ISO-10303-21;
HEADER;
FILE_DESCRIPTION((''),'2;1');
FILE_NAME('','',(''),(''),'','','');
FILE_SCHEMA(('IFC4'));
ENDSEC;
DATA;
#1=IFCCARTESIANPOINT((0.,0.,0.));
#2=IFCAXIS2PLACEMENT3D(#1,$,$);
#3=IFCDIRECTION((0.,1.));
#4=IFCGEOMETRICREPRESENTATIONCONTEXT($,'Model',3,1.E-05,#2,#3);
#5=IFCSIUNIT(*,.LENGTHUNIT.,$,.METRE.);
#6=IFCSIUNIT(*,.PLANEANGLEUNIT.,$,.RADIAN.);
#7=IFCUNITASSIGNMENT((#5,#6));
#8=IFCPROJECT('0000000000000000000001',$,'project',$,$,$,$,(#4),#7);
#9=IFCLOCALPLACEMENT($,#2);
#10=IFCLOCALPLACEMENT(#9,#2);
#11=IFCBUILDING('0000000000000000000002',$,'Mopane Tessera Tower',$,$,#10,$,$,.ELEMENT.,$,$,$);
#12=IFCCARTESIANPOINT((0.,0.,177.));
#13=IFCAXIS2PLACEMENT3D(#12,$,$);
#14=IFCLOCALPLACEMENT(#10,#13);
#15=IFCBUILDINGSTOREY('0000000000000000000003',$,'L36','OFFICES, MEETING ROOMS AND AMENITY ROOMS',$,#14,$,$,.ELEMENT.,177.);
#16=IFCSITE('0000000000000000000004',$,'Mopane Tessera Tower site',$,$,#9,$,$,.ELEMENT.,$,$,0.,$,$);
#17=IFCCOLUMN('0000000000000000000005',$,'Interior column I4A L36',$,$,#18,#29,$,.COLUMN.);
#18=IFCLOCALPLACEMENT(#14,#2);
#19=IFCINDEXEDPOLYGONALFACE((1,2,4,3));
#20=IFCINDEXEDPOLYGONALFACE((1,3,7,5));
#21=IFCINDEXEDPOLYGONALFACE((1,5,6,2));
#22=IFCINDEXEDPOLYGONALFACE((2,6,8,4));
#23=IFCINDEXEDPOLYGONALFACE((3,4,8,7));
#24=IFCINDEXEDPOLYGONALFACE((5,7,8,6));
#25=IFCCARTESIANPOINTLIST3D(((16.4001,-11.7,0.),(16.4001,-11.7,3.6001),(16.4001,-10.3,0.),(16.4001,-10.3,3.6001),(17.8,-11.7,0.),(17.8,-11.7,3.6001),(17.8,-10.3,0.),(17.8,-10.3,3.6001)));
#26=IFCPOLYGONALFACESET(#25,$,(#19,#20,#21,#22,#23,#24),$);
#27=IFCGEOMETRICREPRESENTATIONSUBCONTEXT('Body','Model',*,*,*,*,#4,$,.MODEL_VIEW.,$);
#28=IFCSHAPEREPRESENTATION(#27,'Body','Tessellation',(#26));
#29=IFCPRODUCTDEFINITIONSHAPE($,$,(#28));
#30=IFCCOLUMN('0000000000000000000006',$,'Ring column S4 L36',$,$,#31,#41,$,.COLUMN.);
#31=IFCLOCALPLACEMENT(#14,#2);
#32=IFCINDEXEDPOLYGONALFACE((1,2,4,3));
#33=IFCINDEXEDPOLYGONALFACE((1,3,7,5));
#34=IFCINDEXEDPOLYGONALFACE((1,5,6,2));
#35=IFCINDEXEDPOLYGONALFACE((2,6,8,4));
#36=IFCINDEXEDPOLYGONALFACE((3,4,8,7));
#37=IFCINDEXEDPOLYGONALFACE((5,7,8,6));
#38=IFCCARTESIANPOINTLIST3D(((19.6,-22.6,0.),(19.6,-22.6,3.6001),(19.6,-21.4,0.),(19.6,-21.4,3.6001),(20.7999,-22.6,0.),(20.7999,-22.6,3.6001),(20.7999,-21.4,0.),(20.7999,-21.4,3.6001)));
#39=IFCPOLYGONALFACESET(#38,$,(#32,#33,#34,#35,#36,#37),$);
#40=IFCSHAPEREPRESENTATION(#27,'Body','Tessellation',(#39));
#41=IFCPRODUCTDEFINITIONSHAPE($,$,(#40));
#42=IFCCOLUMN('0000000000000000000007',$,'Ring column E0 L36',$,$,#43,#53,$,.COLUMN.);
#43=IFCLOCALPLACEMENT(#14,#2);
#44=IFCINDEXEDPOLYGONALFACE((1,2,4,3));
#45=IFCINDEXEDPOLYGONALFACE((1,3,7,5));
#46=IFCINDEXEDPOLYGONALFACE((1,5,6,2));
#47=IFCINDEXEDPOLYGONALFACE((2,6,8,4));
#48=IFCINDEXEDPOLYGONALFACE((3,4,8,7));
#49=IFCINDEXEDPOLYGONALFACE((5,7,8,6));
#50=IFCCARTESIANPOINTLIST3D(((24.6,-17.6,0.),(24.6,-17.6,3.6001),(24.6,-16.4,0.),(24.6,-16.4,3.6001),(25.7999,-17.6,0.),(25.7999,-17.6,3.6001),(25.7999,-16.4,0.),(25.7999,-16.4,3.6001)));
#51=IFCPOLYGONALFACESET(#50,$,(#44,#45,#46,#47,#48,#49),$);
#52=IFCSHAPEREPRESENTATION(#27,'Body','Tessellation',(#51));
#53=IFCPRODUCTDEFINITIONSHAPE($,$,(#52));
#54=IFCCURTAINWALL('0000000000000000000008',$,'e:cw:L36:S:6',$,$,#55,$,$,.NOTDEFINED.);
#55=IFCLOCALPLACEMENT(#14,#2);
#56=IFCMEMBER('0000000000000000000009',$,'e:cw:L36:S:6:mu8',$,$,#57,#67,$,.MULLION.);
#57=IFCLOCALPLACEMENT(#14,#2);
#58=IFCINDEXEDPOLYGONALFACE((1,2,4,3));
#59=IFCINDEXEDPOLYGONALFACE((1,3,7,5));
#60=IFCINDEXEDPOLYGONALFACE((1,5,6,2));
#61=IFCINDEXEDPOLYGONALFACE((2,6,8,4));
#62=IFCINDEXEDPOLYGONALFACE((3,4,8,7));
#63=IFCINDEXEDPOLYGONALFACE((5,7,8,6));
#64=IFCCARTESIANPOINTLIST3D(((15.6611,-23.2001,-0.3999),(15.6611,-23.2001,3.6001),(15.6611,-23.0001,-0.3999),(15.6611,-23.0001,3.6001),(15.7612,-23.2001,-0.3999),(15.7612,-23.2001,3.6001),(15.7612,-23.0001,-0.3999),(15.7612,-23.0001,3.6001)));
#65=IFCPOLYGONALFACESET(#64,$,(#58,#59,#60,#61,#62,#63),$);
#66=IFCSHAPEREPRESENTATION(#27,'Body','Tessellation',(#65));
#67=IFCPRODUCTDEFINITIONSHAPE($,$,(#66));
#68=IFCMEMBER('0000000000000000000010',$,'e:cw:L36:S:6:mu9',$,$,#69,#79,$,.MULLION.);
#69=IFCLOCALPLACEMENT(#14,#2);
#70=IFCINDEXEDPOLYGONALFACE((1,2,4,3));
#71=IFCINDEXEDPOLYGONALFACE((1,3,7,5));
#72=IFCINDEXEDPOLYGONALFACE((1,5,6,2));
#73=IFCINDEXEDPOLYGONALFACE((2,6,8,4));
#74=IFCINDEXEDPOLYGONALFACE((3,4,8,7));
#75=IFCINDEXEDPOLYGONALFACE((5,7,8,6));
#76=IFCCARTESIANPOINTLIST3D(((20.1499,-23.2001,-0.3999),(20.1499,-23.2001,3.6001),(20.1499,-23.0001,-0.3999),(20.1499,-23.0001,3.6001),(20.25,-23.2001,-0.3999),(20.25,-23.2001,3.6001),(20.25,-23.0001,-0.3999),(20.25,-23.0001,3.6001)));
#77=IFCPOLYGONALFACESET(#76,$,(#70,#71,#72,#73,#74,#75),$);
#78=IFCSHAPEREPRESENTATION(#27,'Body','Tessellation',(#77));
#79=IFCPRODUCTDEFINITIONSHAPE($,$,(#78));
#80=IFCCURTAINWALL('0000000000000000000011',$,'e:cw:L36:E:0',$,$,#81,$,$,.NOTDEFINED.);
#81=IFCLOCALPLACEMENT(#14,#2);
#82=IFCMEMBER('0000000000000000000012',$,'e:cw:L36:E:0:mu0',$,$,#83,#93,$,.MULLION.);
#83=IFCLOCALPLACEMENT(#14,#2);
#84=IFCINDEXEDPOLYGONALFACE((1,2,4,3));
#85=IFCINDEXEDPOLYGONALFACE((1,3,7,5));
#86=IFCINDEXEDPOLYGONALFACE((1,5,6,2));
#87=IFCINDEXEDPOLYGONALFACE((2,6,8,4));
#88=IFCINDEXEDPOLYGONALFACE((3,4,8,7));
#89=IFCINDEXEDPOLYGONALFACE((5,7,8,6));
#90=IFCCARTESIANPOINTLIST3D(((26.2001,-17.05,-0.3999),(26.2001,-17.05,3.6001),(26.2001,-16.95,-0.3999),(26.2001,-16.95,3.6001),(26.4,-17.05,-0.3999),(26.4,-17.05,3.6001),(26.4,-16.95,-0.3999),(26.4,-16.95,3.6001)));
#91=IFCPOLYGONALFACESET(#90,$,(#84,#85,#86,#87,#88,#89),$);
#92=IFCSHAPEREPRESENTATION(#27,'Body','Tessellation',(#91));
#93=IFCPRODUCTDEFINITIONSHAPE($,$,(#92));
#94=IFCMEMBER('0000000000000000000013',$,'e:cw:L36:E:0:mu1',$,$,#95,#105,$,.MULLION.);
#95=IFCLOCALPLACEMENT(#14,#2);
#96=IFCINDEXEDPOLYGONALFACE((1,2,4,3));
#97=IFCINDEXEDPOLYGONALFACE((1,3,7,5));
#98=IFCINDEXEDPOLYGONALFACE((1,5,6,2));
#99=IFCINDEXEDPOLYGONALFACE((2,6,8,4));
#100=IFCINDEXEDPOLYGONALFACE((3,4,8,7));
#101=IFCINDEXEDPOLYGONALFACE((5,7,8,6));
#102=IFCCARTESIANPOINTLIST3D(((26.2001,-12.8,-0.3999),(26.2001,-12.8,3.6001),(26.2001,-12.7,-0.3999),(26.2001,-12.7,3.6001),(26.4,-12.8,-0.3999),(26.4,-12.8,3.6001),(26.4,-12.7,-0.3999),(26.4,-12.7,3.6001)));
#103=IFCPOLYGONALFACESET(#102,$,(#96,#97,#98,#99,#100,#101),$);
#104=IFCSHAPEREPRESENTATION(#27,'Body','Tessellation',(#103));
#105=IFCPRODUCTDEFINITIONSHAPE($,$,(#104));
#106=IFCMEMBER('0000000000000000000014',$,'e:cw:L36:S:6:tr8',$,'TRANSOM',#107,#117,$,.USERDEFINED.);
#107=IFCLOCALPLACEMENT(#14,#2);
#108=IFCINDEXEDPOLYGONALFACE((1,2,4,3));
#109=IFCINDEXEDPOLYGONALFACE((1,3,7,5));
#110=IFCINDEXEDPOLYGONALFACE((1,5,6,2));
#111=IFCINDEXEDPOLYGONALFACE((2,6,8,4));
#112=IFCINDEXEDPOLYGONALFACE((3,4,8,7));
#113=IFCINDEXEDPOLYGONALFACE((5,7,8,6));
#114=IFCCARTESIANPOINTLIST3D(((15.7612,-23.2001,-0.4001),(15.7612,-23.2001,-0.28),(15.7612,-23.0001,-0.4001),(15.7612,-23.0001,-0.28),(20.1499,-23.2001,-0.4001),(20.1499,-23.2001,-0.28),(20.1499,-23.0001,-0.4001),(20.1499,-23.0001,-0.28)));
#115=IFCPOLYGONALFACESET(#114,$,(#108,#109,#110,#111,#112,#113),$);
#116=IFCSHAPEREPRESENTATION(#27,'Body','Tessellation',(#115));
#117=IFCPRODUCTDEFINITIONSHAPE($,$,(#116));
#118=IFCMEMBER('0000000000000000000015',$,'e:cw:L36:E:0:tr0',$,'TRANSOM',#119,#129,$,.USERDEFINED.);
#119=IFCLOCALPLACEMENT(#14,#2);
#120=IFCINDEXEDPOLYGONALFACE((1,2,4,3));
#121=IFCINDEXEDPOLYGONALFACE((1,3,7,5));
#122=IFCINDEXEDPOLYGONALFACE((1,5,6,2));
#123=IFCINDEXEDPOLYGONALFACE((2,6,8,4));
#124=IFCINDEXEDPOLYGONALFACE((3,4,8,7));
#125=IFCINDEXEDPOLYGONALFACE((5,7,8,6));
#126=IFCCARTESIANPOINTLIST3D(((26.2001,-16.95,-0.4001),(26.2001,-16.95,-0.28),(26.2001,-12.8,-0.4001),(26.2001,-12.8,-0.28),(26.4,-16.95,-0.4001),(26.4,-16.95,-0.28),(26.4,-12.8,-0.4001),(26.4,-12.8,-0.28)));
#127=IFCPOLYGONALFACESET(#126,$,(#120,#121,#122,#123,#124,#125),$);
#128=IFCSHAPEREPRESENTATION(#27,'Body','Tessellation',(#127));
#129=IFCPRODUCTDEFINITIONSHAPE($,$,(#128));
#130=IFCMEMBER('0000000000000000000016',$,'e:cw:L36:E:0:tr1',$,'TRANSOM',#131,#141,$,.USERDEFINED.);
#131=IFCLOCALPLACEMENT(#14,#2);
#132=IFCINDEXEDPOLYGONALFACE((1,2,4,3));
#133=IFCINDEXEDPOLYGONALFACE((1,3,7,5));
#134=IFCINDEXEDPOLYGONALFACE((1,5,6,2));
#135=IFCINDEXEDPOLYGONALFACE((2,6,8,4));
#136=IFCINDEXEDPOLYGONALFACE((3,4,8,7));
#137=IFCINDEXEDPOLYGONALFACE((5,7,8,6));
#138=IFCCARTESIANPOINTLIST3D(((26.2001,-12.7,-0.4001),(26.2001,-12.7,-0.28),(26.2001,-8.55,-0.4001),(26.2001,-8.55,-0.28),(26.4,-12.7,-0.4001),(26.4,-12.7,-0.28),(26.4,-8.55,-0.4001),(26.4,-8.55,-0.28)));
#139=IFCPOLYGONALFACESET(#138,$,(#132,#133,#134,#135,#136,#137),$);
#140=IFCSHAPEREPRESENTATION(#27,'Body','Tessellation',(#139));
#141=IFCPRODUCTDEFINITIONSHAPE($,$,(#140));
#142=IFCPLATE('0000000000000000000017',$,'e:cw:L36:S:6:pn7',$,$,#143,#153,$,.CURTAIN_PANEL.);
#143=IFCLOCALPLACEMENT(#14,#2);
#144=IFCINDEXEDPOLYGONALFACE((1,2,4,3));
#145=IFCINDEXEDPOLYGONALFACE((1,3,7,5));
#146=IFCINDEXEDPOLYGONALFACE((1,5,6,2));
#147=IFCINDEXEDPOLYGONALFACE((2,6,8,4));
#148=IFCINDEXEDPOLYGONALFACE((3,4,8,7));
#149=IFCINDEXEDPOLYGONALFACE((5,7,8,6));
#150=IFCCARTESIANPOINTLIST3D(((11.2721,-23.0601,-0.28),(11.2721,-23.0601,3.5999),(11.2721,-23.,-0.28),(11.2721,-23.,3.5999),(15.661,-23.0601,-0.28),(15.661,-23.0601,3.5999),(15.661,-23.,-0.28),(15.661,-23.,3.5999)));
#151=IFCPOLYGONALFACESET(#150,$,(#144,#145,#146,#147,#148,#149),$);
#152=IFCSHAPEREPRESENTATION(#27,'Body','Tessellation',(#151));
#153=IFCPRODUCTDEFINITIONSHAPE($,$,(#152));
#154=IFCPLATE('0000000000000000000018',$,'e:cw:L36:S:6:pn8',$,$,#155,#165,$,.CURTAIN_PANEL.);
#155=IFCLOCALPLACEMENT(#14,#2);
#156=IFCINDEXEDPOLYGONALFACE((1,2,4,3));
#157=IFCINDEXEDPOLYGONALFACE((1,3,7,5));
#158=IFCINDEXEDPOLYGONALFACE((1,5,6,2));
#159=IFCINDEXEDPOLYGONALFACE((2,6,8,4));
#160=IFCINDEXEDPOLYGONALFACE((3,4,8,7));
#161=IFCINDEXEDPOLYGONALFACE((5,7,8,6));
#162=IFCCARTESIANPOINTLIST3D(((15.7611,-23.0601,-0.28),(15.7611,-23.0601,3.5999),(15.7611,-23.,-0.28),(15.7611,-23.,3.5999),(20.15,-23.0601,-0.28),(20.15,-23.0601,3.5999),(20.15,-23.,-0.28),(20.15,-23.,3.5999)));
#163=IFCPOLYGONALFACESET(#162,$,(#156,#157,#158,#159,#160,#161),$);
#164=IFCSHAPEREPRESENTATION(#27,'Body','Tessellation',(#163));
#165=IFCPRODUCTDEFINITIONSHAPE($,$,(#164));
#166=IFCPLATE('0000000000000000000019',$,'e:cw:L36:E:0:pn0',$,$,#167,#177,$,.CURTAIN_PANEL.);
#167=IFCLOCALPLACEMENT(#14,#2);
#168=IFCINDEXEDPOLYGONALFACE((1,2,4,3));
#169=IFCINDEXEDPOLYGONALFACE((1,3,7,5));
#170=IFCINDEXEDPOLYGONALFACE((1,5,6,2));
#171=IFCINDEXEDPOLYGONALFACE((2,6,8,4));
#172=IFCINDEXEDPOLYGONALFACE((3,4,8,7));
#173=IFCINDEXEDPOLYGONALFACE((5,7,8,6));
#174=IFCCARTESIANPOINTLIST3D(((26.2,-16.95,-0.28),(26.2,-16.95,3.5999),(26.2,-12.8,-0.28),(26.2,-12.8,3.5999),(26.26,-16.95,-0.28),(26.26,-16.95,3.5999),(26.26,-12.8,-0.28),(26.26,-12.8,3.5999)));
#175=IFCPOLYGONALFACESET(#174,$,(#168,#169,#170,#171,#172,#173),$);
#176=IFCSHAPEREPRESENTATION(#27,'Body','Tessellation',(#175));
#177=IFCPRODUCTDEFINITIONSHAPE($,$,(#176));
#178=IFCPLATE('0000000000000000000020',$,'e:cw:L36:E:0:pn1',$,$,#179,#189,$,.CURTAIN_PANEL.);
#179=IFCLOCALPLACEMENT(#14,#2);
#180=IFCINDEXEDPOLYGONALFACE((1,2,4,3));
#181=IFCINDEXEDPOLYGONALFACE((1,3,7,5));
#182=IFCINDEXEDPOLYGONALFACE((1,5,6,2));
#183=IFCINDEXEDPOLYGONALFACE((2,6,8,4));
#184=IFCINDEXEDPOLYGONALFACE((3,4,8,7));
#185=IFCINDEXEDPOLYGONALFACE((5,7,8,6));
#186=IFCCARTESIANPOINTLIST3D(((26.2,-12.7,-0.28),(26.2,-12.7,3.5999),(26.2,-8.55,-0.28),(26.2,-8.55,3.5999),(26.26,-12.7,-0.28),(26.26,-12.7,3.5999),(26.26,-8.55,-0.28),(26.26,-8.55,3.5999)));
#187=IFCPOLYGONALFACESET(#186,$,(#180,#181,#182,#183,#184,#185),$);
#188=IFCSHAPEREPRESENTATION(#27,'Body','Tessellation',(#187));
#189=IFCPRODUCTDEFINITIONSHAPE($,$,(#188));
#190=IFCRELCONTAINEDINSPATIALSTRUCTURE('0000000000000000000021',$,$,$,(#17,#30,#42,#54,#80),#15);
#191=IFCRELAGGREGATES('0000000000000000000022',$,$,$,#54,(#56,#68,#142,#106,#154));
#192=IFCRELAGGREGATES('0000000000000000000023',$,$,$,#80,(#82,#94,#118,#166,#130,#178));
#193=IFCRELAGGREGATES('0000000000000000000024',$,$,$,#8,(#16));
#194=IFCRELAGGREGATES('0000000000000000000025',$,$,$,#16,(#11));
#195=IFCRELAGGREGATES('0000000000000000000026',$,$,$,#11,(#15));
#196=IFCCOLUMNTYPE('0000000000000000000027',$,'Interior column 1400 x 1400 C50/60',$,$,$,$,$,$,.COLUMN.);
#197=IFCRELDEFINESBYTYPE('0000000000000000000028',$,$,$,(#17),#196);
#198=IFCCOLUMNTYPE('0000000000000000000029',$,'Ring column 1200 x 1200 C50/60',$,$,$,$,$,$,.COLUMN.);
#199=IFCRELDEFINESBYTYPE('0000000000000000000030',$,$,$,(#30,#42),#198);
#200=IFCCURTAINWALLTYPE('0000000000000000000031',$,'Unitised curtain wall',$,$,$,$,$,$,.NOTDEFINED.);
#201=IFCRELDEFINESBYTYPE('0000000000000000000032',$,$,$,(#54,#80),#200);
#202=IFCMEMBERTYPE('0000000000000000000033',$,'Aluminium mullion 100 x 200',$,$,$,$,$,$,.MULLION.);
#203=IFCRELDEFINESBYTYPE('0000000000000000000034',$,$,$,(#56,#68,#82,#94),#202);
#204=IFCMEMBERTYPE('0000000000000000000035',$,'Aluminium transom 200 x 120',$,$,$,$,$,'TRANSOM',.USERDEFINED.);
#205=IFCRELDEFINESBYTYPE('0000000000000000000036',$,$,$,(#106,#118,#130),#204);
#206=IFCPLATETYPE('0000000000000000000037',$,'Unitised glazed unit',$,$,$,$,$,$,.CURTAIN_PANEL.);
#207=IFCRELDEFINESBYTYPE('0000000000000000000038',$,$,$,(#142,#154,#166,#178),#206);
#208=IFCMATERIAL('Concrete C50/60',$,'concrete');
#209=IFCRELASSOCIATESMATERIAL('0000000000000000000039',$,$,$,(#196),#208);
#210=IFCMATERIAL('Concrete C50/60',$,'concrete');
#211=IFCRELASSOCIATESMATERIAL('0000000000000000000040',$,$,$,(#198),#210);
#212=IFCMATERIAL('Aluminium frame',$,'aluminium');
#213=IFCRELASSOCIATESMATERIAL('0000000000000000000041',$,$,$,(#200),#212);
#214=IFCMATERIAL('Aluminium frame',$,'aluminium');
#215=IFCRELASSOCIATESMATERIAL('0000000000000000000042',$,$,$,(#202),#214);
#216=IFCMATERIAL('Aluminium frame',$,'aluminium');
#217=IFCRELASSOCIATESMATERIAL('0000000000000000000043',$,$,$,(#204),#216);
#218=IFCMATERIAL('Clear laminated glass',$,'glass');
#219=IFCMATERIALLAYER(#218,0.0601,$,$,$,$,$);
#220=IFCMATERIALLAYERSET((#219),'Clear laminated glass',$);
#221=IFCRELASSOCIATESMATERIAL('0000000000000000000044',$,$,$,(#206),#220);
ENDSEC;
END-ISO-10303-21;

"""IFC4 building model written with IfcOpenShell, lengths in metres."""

from ifc_helpers import new_model, si_unit, direction, frame, origin, origin_2d, place, context, subcontext, project, spatial, rectangle, extrude, material, layer, layer_set, material_profile, profile_set, type_object, element, aggregate, save


model = new_model("IFC4")

# Units and contexts
model_context = context("Model", 3, precision=1e-05, world=origin(), true_north=direction((0.0, 1.0)))
body_context = subcontext(model_context, "Body", "Model", "MODEL_VIEW")
ifc_project = project(units=[si_unit("LENGTHUNIT", "METRE"), si_unit("PLANEANGLEUNIT", "RADIAN")], contexts=[model_context])

# Site, building, storey
site_placement = place(None, origin())
site = spatial("IfcSite", under=ifc_project, at=site_placement, Name="Mopane Tessera Tower site", CompositionType="ELEMENT", RefElevation=0.0)
building_placement = place(site_placement, origin())
building = spatial("IfcBuilding", under=site, at=building_placement, Name="Mopane Tessera Tower", CompositionType="ELEMENT")
storey_placement = place(building_placement, frame((0.0, 0.0, 177.0)))
storey = spatial("IfcBuildingStorey", under=building, at=storey_placement, Name="L36", Description="OFFICES, MEETING ROOMS AND AMENITY ROOMS", CompositionType="ELEMENT", Elevation=177.0)

# Columns
ifc_material_1 = material(Name="Concrete C50/60", Category="concrete")
ifc_material_profile_1 = material_profile(ifc_material_1, rectangle(XDim=1.3999, YDim=1.3999, at=origin_2d()))
ifc_profile_set_1 = profile_set([ifc_material_profile_1], Name="Concrete C50/60")
column_type_1 = type_object("IfcColumnType", Name="Interior column 1400 x 1400 C50/60", PredefinedType="COLUMN", material=ifc_profile_set_1)
column_placement = place(storey_placement, frame((17.1001, -11.0, 0.0), z_axis=(0.0, 0.0, 1.0), x_axis=(1.0, 0.0, 0.0)))
element("IfcColumn", 1, at=column_placement, inside=storey, type_object=column_type_1, Name="Interior column I4A L36", PredefinedType="COLUMN", context=body_context, shape_type="SweptSolid", body=[
    extrude(rectangle(XDim=1.3999, YDim=1.3999, at=origin_2d()), origin(), (0.0, 0.0, 1.0), 3.6001),
])
ifc_material_2 = material(Name="Concrete C50/60", Category="concrete")
ifc_material_profile_2 = material_profile(ifc_material_2, rectangle(XDim=1.2, YDim=1.2, at=origin_2d()))
ifc_profile_set_2 = profile_set([ifc_material_profile_2], Name="Concrete C50/60")
column_type_2 = type_object("IfcColumnType", Name="Ring column 1200 x 1200 C50/60", PredefinedType="COLUMN", material=ifc_profile_set_2)
for number, where, z_axis, x_axis, name in (
    (2, (20.2, -22.0, 0.0), (0.0, 0.0, 1.0), (1.0, 0.0, 0.0), "Ring column S4 L36"),
    (3, (25.2, -17.0, 0.0), (0.0, 0.0, 1.0), (1.0, 0.0, 0.0), "Ring column E0 L36"),
):
    element("IfcColumn", number, at=place(storey_placement, frame(where, z_axis=z_axis, x_axis=x_axis)), inside=storey, type_object=column_type_2, Name=name, PredefinedType="COLUMN", context=body_context, shape_type="SweptSolid", body=[
        extrude(rectangle(XDim=1.2, YDim=1.2, at=origin_2d()), origin(), (0.0, 0.0, 1.0), 3.6001),
    ])

# Curtain walls, members
ifc_material_3 = material(Name="Aluminium frame", Category="aluminium")
curtain_wall_type = type_object("IfcCurtainWallType", Name="Unitised curtain wall", PredefinedType="NOTDEFINED", material=ifc_material_3)
curtain_wall_1_placement = place(storey_placement, origin())
curtain_wall_1 = element("IfcCurtainWall", 4, at=curtain_wall_1_placement, inside=storey, type_object=curtain_wall_type, Name="e:cw:L36:S:6", PredefinedType="NOTDEFINED")
ifc_material_4 = material(Name="Aluminium frame", Category="aluminium")
ifc_material_profile_3 = material_profile(ifc_material_4, rectangle(XDim=0.1001, YDim=0.2, at=origin_2d()))
ifc_profile_set_3 = profile_set([ifc_material_profile_3], Name="Aluminium frame")
member_type_1 = type_object("IfcMemberType", Name="Aluminium mullion 100 x 200", PredefinedType="MULLION", material=ifc_profile_set_3)
member_1_placement = place(storey_placement, frame((15.7112, -23.1001, -0.3999), z_axis=(0.0, 0.0, 1.0), x_axis=(1.0, 0.0, 0.0)))
member_1 = element("IfcMember", 5, at=member_1_placement, type_object=member_type_1, Name="e:cw:L36:S:6:mu8", PredefinedType="MULLION", context=body_context, shape_type="SweptSolid", body=[
    extrude(rectangle(XDim=0.1001, YDim=0.2, at=origin_2d()), origin(), (0.0, 0.0, 1.0), 4.0),
])
member_2_placement = place(storey_placement, frame((20.2, -23.1001, -0.3999), z_axis=(0.0, 0.0, 1.0), x_axis=(1.0, 0.0, 0.0)))
member_2 = element("IfcMember", 6, at=member_2_placement, type_object=member_type_1, Name="e:cw:L36:S:6:mu9", PredefinedType="MULLION", context=body_context, shape_type="SweptSolid", body=[
    extrude(rectangle(XDim=0.1001, YDim=0.2, at=origin_2d()), origin(), (0.0, 0.0, 1.0), 4.0),
])
curtain_wall_2_placement = place(storey_placement, origin())
curtain_wall_2 = element("IfcCurtainWall", 7, at=curtain_wall_2_placement, inside=storey, type_object=curtain_wall_type, Name="e:cw:L36:E:0", PredefinedType="NOTDEFINED")
member_3_placement = place(storey_placement, frame((26.3, -17.0, -0.3999), z_axis=(0.0, 0.0, 1.0), x_axis=(0.0, 1.0, 0.0)))
member_3 = element("IfcMember", 8, at=member_3_placement, type_object=member_type_1, Name="e:cw:L36:E:0:mu0", PredefinedType="MULLION", context=body_context, shape_type="SweptSolid", body=[
    extrude(rectangle(XDim=0.1001, YDim=0.2, at=origin_2d()), origin(), (0.0, 0.0, 1.0), 4.0),
])
member_4_placement = place(storey_placement, frame((26.3, -12.75, -0.3999), z_axis=(0.0, 0.0, 1.0), x_axis=(0.0, 1.0, 0.0)))
member_4 = element("IfcMember", 9, at=member_4_placement, type_object=member_type_1, Name="e:cw:L36:E:0:mu1", PredefinedType="MULLION", context=body_context, shape_type="SweptSolid", body=[
    extrude(rectangle(XDim=0.1001, YDim=0.2, at=origin_2d()), origin(), (0.0, 0.0, 1.0), 4.0),
])

# Members
ifc_material_5 = material(Name="Aluminium frame", Category="aluminium")
ifc_material_profile_4 = material_profile(ifc_material_5, rectangle(XDim=0.2, YDim=0.1201, at=origin_2d()))
ifc_profile_set_4 = profile_set([ifc_material_profile_4], Name="Aluminium frame")
member_type_2 = type_object("IfcMemberType", Name="Aluminium transom 200 x 120", ElementType="TRANSOM", PredefinedType="USERDEFINED", material=ifc_profile_set_4)
member_5_placement = place(storey_placement, frame((15.7612, -23.1001, -0.3401), z_axis=(1.0, 0.0, 0.0), x_axis=(0.0, 1.0, 0.0)))
member_5 = element("IfcMember", 10, at=member_5_placement, type_object=member_type_2, Name="e:cw:L36:S:6:tr8", ObjectType="TRANSOM", PredefinedType="USERDEFINED", context=body_context, shape_type="SweptSolid", body=[
    extrude(rectangle(XDim=0.2, YDim=0.1201, at=origin_2d()), origin(), (0.0, 0.0, 1.0), 4.3887),
])
member_6_placement = place(storey_placement, frame((26.3, -16.95, -0.3401), z_axis=(0.0, 1.0, 0.0), x_axis=(-1.0, 0.0, 0.0)))
member_6 = element("IfcMember", 11, at=member_6_placement, type_object=member_type_2, Name="e:cw:L36:E:0:tr0", ObjectType="TRANSOM", PredefinedType="USERDEFINED", context=body_context, shape_type="SweptSolid", body=[
    extrude(rectangle(XDim=0.2, YDim=0.1201, at=origin_2d()), origin(), (0.0, 0.0, 1.0), 4.1499),
])
member_7_placement = place(storey_placement, frame((26.3, -12.7, -0.3401), z_axis=(0.0, 1.0, 0.0), x_axis=(-1.0, 0.0, 0.0)))
member_7 = element("IfcMember", 12, at=member_7_placement, type_object=member_type_2, Name="e:cw:L36:E:0:tr1", ObjectType="TRANSOM", PredefinedType="USERDEFINED", context=body_context, shape_type="SweptSolid", body=[
    extrude(rectangle(XDim=0.2, YDim=0.1201, at=origin_2d()), origin(), (0.0, 0.0, 1.0), 4.1499),
])

# Plates
ifc_material_6 = material(Name="Clear laminated glass", Category="glass")
ifc_layer_1 = layer(ifc_material_6, 0.0601)
ifc_layer_set_1 = layer_set([ifc_layer_1], Name="Clear laminated glass")
plate_type = type_object("IfcPlateType", Name="Unitised glazed unit", PredefinedType="CURTAIN_PANEL", material=ifc_layer_set_1)
plate_1_placement = place(storey_placement, frame((13.4666, -23.03, -0.28), z_axis=(0.0, 0.0, 1.0), x_axis=(1.0, 0.0, 0.0)))
plate_1 = element("IfcPlate", 13, at=plate_1_placement, type_object=plate_type, Name="e:cw:L36:S:6:pn7", PredefinedType="CURTAIN_PANEL", context=body_context, shape_type="SweptSolid", body=[
    extrude(rectangle(XDim=4.3889, YDim=0.0601, at=origin_2d()), origin(), (0.0, 0.0, 1.0), 3.8799),
])
plate_2_placement = place(storey_placement, frame((17.9556, -23.03, -0.28), z_axis=(0.0, 0.0, 1.0), x_axis=(1.0, 0.0, 0.0)))
plate_2 = element("IfcPlate", 14, at=plate_2_placement, type_object=plate_type, Name="e:cw:L36:S:6:pn8", PredefinedType="CURTAIN_PANEL", context=body_context, shape_type="SweptSolid", body=[
    extrude(rectangle(XDim=4.3889, YDim=0.0601, at=origin_2d()), origin(), (0.0, 0.0, 1.0), 3.8799),
])
aggregate(curtain_wall_1, [member_1, member_2, plate_1, member_5, plate_2])
plate_3_placement = place(storey_placement, frame((26.23, -14.875, -0.28), z_axis=(0.0, 0.0, 1.0), x_axis=(0.0, 1.0, 0.0)))
plate_3 = element("IfcPlate", 15, at=plate_3_placement, type_object=plate_type, Name="e:cw:L36:E:0:pn0", PredefinedType="CURTAIN_PANEL", context=body_context, shape_type="SweptSolid", body=[
    extrude(rectangle(XDim=4.1499, YDim=0.0601, at=origin_2d()), origin(), (0.0, 0.0, 1.0), 3.8799),
])
plate_4_placement = place(storey_placement, frame((26.23, -10.625, -0.28), z_axis=(0.0, 0.0, 1.0), x_axis=(0.0, 1.0, 0.0)))
plate_4 = element("IfcPlate", 16, at=plate_4_placement, type_object=plate_type, Name="e:cw:L36:E:0:pn1", PredefinedType="CURTAIN_PANEL", context=body_context, shape_type="SweptSolid", body=[
    extrude(rectangle(XDim=4.1499, YDim=0.0601, at=origin_2d()), origin(), (0.0, 0.0, 1.0), 3.8799),
])
aggregate(curtain_wall_2, [member_3, member_4, member_6, plate_3, member_7, plate_4])

save(model, "model.ifc")
